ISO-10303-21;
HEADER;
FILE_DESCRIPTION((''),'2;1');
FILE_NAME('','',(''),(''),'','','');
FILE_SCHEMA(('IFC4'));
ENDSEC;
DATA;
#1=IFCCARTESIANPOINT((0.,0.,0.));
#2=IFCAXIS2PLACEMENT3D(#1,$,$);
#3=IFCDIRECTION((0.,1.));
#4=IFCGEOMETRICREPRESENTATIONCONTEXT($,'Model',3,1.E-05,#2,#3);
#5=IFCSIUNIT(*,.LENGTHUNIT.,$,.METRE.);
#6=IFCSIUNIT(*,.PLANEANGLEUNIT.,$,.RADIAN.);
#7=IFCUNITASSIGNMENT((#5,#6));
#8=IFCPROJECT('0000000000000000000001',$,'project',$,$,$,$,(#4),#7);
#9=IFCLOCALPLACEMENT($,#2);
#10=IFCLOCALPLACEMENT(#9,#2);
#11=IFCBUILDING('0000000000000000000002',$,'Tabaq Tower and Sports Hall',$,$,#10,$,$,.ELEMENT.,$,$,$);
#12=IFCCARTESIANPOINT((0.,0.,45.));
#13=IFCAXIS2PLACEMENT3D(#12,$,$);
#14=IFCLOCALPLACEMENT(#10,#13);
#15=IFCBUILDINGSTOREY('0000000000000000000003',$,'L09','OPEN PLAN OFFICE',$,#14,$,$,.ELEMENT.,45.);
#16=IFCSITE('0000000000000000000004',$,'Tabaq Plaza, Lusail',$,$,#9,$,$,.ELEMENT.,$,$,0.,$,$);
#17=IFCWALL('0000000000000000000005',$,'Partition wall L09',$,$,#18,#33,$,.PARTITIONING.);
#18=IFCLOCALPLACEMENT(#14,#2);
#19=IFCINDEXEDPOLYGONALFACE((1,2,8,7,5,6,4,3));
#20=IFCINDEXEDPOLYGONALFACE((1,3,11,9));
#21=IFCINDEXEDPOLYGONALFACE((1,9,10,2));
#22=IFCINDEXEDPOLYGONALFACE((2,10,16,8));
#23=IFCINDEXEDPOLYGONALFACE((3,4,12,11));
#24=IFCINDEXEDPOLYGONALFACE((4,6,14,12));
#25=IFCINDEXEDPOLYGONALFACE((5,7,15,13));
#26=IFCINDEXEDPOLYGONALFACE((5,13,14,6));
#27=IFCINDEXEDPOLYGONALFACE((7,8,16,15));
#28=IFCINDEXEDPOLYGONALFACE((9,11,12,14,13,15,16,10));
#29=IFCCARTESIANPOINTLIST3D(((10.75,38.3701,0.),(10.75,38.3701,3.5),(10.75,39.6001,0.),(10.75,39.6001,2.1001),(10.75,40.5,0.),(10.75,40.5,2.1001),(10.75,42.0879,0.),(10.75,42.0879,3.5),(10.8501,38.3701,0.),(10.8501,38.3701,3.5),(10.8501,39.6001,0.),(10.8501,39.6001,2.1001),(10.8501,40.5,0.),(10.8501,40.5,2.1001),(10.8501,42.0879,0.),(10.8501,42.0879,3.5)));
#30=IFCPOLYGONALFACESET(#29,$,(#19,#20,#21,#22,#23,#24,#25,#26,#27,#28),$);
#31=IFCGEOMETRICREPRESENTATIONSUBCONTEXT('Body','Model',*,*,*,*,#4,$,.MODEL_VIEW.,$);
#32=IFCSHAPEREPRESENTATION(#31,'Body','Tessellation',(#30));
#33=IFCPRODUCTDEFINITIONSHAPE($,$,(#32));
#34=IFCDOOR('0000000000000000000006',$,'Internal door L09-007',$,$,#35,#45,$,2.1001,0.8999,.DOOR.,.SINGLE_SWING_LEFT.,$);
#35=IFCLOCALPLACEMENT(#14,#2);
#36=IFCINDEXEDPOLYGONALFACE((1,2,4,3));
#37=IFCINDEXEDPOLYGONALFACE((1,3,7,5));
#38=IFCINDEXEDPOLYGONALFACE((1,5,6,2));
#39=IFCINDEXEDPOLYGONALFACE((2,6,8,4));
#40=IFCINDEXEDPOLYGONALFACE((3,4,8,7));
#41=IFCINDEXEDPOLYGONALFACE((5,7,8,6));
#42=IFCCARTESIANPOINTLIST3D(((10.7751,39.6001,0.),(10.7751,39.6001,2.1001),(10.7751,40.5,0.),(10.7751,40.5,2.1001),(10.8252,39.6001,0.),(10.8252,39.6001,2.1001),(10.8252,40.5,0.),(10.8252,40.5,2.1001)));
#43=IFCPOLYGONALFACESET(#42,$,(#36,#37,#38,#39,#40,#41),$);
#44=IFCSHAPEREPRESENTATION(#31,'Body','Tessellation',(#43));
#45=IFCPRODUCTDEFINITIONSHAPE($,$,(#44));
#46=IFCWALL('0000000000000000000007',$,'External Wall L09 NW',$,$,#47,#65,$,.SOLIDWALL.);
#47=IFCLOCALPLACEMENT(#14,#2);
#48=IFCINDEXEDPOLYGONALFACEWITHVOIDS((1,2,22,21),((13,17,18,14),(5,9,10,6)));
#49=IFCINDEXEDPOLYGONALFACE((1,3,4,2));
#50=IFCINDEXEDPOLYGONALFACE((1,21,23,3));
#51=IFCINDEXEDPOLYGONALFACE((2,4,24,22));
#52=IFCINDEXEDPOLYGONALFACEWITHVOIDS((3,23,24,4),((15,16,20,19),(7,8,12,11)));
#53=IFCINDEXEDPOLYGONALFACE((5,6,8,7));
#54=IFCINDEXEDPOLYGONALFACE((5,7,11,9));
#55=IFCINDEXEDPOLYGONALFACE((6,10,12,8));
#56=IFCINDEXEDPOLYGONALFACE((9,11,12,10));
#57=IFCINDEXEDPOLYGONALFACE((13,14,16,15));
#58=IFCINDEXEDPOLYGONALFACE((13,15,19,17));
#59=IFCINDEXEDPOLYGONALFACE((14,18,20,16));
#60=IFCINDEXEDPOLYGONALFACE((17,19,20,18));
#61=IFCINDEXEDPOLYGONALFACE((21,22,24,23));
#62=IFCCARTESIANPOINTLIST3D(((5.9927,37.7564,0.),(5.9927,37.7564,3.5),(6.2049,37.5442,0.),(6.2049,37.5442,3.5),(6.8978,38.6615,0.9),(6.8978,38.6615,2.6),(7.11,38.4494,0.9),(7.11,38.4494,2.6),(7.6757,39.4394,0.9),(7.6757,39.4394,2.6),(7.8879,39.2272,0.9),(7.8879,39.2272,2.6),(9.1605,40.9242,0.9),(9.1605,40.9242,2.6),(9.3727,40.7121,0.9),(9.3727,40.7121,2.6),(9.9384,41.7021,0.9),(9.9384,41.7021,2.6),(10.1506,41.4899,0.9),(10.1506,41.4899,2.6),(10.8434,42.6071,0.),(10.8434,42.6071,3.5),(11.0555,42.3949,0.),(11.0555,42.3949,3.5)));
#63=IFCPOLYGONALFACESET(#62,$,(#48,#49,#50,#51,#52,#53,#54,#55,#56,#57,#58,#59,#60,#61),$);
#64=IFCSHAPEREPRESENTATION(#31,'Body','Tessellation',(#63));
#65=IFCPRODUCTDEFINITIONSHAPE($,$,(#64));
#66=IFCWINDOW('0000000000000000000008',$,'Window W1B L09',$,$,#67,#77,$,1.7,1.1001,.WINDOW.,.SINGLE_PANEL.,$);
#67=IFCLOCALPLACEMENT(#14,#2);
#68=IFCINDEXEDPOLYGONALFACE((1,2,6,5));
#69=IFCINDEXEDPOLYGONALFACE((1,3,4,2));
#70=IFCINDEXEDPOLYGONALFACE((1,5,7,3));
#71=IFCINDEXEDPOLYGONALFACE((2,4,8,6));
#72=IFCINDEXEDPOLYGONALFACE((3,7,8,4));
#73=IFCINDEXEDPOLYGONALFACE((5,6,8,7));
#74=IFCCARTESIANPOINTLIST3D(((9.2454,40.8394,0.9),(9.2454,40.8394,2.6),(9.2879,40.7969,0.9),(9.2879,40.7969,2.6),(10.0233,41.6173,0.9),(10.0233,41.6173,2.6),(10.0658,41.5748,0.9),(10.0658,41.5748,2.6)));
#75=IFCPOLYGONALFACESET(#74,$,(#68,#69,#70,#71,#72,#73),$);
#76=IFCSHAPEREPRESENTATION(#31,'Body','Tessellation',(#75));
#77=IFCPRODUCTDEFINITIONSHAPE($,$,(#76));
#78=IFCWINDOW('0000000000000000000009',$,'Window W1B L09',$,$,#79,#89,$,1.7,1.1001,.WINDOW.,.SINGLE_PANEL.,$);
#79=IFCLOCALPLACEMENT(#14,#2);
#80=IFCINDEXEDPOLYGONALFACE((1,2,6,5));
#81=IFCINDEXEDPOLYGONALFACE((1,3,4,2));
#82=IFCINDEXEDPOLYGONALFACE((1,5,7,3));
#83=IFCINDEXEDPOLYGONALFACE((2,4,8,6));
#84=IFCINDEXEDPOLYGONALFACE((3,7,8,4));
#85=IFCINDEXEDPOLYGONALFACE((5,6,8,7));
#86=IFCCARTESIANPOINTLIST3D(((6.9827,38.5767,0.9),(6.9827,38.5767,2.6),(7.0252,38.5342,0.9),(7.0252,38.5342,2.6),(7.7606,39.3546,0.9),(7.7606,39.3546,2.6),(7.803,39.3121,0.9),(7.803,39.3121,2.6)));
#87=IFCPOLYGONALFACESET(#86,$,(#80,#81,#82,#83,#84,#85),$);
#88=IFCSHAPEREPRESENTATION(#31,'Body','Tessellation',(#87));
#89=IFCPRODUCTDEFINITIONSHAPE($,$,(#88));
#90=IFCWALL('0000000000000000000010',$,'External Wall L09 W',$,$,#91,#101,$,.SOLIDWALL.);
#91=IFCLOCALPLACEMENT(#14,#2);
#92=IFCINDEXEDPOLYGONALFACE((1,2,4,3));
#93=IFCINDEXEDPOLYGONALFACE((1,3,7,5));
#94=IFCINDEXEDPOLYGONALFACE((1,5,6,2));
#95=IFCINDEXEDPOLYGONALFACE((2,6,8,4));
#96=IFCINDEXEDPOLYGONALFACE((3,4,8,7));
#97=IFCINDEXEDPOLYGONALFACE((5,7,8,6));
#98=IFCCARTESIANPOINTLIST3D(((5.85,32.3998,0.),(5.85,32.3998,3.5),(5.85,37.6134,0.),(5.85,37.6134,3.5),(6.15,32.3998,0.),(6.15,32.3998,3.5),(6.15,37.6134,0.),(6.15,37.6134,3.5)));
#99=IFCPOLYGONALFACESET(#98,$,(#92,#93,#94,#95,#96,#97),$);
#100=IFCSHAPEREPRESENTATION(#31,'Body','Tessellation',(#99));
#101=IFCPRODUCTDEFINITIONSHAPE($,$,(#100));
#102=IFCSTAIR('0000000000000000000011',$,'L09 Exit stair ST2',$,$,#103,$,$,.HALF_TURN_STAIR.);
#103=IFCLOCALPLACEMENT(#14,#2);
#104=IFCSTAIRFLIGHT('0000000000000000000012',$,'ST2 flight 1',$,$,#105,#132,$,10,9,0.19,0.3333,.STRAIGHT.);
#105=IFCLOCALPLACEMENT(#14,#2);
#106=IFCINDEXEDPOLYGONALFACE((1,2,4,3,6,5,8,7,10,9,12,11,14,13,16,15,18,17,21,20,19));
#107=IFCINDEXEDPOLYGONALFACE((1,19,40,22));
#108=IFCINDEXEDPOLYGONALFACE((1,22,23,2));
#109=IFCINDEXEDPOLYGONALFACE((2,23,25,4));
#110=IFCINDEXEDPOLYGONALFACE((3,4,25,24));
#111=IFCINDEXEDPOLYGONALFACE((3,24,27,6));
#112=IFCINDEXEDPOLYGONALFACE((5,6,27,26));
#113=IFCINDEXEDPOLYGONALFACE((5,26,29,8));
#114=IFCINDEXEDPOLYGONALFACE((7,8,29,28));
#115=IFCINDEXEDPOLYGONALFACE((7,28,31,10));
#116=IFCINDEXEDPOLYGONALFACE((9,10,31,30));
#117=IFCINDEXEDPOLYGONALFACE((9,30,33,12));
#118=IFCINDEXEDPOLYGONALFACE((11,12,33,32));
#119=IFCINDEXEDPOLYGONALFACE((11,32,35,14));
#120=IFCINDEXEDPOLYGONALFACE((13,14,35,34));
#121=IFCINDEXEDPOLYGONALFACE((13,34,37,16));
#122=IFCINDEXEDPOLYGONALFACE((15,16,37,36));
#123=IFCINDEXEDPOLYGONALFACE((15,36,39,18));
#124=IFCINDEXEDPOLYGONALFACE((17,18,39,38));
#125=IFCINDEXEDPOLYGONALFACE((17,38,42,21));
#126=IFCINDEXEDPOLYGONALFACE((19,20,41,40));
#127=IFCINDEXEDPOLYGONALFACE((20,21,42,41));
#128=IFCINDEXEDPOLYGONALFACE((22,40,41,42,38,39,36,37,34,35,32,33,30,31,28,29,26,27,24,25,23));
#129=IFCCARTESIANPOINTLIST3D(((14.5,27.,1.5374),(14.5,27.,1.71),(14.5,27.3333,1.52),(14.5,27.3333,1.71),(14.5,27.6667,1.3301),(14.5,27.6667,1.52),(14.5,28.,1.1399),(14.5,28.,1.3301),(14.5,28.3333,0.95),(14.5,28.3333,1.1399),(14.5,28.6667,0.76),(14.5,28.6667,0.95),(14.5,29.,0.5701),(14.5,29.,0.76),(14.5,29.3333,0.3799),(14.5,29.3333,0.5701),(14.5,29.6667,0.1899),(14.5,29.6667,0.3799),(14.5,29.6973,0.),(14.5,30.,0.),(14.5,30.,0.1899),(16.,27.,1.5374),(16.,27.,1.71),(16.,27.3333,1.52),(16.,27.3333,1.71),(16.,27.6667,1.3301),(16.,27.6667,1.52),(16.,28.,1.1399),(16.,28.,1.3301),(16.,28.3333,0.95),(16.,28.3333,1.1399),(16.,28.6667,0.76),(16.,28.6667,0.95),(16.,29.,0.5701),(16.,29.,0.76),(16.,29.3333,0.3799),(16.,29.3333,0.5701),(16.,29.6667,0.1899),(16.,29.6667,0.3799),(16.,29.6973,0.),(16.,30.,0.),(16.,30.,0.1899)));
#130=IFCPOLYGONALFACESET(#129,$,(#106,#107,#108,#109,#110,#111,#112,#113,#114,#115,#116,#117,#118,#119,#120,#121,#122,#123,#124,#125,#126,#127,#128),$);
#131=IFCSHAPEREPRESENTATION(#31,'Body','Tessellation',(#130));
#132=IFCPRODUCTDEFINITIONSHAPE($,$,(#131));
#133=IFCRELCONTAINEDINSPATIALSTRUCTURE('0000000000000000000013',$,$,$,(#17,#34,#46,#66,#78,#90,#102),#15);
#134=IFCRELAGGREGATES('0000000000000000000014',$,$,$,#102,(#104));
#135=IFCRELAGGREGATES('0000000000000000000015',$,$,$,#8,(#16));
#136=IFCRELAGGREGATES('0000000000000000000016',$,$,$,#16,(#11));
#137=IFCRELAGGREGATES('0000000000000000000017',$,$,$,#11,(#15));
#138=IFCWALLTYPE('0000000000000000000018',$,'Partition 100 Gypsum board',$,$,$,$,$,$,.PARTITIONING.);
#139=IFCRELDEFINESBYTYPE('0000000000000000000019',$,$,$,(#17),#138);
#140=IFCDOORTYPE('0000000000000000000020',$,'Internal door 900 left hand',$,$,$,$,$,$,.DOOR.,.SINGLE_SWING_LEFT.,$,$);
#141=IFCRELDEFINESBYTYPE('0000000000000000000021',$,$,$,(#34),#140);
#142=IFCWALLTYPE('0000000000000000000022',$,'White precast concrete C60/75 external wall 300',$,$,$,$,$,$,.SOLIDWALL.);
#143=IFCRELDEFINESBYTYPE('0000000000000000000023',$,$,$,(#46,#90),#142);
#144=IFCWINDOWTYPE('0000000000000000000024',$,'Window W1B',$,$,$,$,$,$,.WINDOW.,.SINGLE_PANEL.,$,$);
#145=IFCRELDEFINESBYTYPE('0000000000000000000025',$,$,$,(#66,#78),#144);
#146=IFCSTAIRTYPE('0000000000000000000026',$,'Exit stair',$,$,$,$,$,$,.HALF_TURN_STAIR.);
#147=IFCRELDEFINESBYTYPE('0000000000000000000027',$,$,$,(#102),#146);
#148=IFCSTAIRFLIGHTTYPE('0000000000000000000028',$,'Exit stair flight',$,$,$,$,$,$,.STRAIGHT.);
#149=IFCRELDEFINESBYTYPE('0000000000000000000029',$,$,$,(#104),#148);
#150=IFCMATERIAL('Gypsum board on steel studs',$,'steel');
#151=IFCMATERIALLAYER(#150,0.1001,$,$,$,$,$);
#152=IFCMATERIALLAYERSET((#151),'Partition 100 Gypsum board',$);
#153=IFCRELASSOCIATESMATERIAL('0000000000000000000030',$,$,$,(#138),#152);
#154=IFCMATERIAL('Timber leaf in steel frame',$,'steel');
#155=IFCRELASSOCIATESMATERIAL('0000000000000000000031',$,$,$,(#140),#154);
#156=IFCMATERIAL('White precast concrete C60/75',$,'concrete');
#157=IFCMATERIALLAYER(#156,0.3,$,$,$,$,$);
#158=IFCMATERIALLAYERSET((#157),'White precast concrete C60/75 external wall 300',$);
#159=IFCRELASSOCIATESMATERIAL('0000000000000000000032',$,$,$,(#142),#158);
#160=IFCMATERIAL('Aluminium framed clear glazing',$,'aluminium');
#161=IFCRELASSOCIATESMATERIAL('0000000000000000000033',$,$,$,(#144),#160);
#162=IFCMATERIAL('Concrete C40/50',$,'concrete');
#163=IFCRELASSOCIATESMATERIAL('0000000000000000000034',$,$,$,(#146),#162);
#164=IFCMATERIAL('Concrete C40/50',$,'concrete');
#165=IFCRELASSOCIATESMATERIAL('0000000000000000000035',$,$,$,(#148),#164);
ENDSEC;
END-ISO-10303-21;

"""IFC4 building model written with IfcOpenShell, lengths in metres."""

from ifc_helpers import new_model, si_unit, direction, frame, frame_2d, origin, place, context, subcontext, project, spatial, polyline, rectangle, outline, extrude, material, layer, layer_set, type_object, element, fill, aggregate, save


model = new_model("IFC4")

# Units and contexts
model_context = context("Model", 3, precision=1e-05, world=origin(), true_north=direction((0.0, 1.0)))
body_context = subcontext(model_context, "Body", "Model", "MODEL_VIEW")
ifc_project = project(units=[si_unit("LENGTHUNIT", "METRE"), si_unit("PLANEANGLEUNIT", "RADIAN")], contexts=[model_context])

# Site, building, storey
site_placement = place(None, origin())
site = spatial("IfcSite", under=ifc_project, at=site_placement, Name="Tabaq Plaza, Lusail", CompositionType="ELEMENT", RefElevation=0.0)
building_placement = place(site_placement, origin())
building = spatial("IfcBuilding", under=site, at=building_placement, Name="Tabaq Tower and Sports Hall", CompositionType="ELEMENT")
storey_placement = place(building_placement, frame((0.0, 0.0, 45.0)))
storey = spatial("IfcBuildingStorey", under=building, at=storey_placement, Name="L09", Description="OPEN PLAN OFFICE", CompositionType="ELEMENT", Elevation=45.0)

# Shared definitions
ifc_material_1 = material(Name="Gypsum board on steel studs", Category="steel")
ifc_layer_1 = layer(ifc_material_1, 0.1001)
ifc_layer_set_1 = layer_set([ifc_layer_1], Name="Partition 100 Gypsum board")
wall_type_1 = type_object("IfcWallType", Name="Partition 100 Gypsum board", PredefinedType="PARTITIONING", material=ifc_layer_set_1)

# Shared definitions
ifc_material_2 = material(Name="Timber leaf in steel frame", Category="steel")
door_type_1 = type_object("IfcDoorType", Name="Internal door 900 left hand", OperationType="SINGLE_SWING_LEFT", PredefinedType="DOOR", material=ifc_material_2)

# Wall, opening, door
wall_1_placement = place(storey_placement, frame((10.8, 38.3701, 0.0), z_axis=(0.0, 0.0, 1.0), x_axis=(0.0, 1.0, 0.0)))
wall_1 = element("IfcWall", 1, at=wall_1_placement, inside=storey, type_object=wall_type_1, Name="Partition wall L09", PredefinedType="PARTITIONING", context=body_context, shape_type="SweptSolid", body=[
    extrude(rectangle(XDim=3.7178, YDim=0.1001, at=frame_2d((1.8589, 0.0))), origin(), (0.0, 0.0, 1.0), 3.5),
])
opening_1_placement = place(wall_1_placement, frame((1.23, 0.0, 0.0)))
opening_1 = element("IfcOpeningElement", 2, at=opening_1_placement, cuts=wall_1, PredefinedType="OPENING", context=body_context, shape_type="SweptSolid", body=[
    extrude(rectangle(XDim=0.8999, YDim=2.1001, at=frame_2d((0.45, 1.05))), frame((0.0, 0.05, 0.0), z_axis=(0.0, -1.0, 0.0), x_axis=(1.0, 0.0, 0.0)), (0.0, 0.0, 1.0), 0.1001),
])
door_1_placement = place(opening_1_placement, origin())
door_1 = element("IfcDoor", 3, at=door_1_placement, inside=storey, type_object=door_type_1, Name="Internal door L09-007", OperationType="SINGLE_SWING_LEFT", OverallHeight=2.1001, OverallWidth=0.8999, PredefinedType="DOOR", context=body_context, shape_type="SweptSolid", body=[
    extrude(rectangle(XDim=0.8999, YDim=2.1001, at=frame_2d((0.45, 1.05))), frame((0.0, 0.0249, 0.0), z_axis=(0.0, -1.0, 0.0), x_axis=(1.0, 0.0, 0.0)), (0.0, 0.0, 1.0), 0.05),
])
fill(opening_1, door_1)

# Wall, openings, windows
ifc_material_3 = material(Name="White precast concrete C60/75", Category="concrete")
ifc_layer_2 = layer(ifc_material_3, 0.3)
ifc_layer_set_2 = layer_set([ifc_layer_2], Name="White precast concrete C60/75 external wall 300")
wall_type_2 = type_object("IfcWallType", Name="White precast concrete C60/75 external wall 300", PredefinedType="SOLIDWALL", material=ifc_layer_set_2)
wall_2_placement = place(storey_placement, frame((10.9495, 42.501, 0.0), z_axis=(0.0, 0.0, 1.0), x_axis=(-0.707107, -0.707107, 0.0)))
wall_2 = element("IfcWall", 4, at=wall_2_placement, inside=storey, type_object=wall_type_2, Name="External Wall L09 NW", PredefinedType="SOLIDWALL", context=body_context, shape_type="SweptSolid", body=[
    extrude(rectangle(XDim=6.8599, YDim=0.3, at=frame_2d((3.4299, 0.0))), origin(), (0.0, 0.0, 1.0), 3.5),
])
opening_2_placement = place(wall_2_placement, frame((1.2798, 0.0, 0.8999)))
opening_2 = element("IfcOpeningElement", 5, at=opening_2_placement, cuts=wall_2, PredefinedType="OPENING", context=body_context, shape_type="SweptSolid", body=[
    extrude(rectangle(XDim=1.1001, YDim=1.7, at=frame_2d((0.55, 0.8501))), frame((0.0, 0.1602, 0.0), z_axis=(0.0, -1.0, 0.0), x_axis=(1.0, 0.0, 0.0)), (0.0, 0.0, 1.0), 0.3201),
])
opening_3_placement = place(wall_2_placement, frame((4.4797, 0.0, 0.8999)))
opening_3 = element("IfcOpeningElement", 6, at=opening_3_placement, cuts=wall_2, PredefinedType="OPENING", context=body_context, shape_type="SweptSolid", body=[
    extrude(rectangle(XDim=1.1001, YDim=1.7, at=frame_2d((0.55, 0.8501))), frame((0.0, 0.1602, 0.0), z_axis=(0.0, -1.0, 0.0), x_axis=(1.0, 0.0, 0.0)), (0.0, 0.0, 1.0), 0.3201),
])
ifc_material_4 = material(Name="Aluminium framed clear glazing", Category="aluminium")
window_type = type_object("IfcWindowType", Name="Window W1B", PartitioningType="SINGLE_PANEL", PredefinedType="WINDOW", material=ifc_material_4)
window_1_placement = place(opening_2_placement, origin())
window_1 = element("IfcWindow", 7, at=window_1_placement, inside=storey, type_object=window_type, Name="Window W1B L09", OverallHeight=1.7, OverallWidth=1.1001, PartitioningType="SINGLE_PANEL", PredefinedType="WINDOW", context=body_context, shape_type="SweptSolid", body=[
    extrude(rectangle(XDim=1.1001, YDim=1.7, at=frame_2d((0.55, 0.8501))), frame((0.0, 0.03, 0.0), z_axis=(0.0, -1.0, 0.0), x_axis=(1.0, 0.0, 0.0)), (0.0, 0.0, 1.0), 0.0601),
])
fill(opening_2, window_1)
window_2_placement = place(opening_3_placement, origin())
window_2 = element("IfcWindow", 8, at=window_2_placement, inside=storey, type_object=window_type, Name="Window W1B L09", OverallHeight=1.7, OverallWidth=1.1001, PartitioningType="SINGLE_PANEL", PredefinedType="WINDOW", context=body_context, shape_type="SweptSolid", body=[
    extrude(rectangle(XDim=1.1001, YDim=1.7, at=frame_2d((0.55, 0.8501))), frame((0.0, 0.03, 0.0), z_axis=(0.0, -1.0, 0.0), x_axis=(1.0, 0.0, 0.0)), (0.0, 0.0, 1.0), 0.0601),
])
fill(opening_3, window_2)

# Wall
wall_3_placement = place(storey_placement, frame((6.0, 37.6135, 0.0), z_axis=(0.0, 0.0, 1.0), x_axis=(0.0, -1.0, 0.0)))
element("IfcWall", 9, at=wall_3_placement, inside=storey, type_object=wall_type_2, Name="External Wall L09 W", PredefinedType="SOLIDWALL", context=body_context, shape_type="SweptSolid", body=[
    extrude(rectangle(XDim=5.2136, YDim=0.3, at=frame_2d((2.6069, 0.0))), origin(), (0.0, 0.0, 1.0), 3.5),
])

# Stair, stair flight
ifc_material_5 = material(Name="Concrete C40/50", Category="concrete")
stair_type = type_object("IfcStairType", Name="Exit stair", PredefinedType="HALF_TURN_STAIR", material=ifc_material_5)
stair_placement = place(storey_placement, origin())
stair = element("IfcStair", 10, at=stair_placement, inside=storey, type_object=stair_type, Name="L09 Exit stair ST2", PredefinedType="HALF_TURN_STAIR")
ifc_material_6 = material(Name="Concrete C40/50", Category="concrete")
stair_flight_type = type_object("IfcStairFlightType", Name="Exit stair flight", PredefinedType="STRAIGHT", material=ifc_material_6)
stair_flight_placement = place(storey_placement, frame((15.25, 30.0, 0.0), z_axis=(0.0, 0.0, 1.0), x_axis=(0.0, -1.0, 0.0)))
stair_flight = element("IfcStairFlight", 11, at=stair_flight_placement, type_object=stair_flight_type, Name="ST2 flight 1", NumberOfRisers=10, NumberOfTreads=9, PredefinedType="STRAIGHT", RiserHeight=0.19, TreadLength=0.3333, context=body_context, shape_type="SweptSolid", body=[
    extrude(outline(polyline([(0.0, 0.0), (0.0, 0.1899), (0.3333, 0.1899), (0.3333, 0.3799), (0.6667, 0.3799), (0.6667, 0.5701), (1.0, 0.5701), (1.0, 0.76), (1.3333, 0.76), (1.3333, 0.95), (1.6667, 0.95), (1.6667, 1.1399), (2.0, 1.1399), (2.0, 1.3301), (2.3333, 1.3301), (2.3333, 1.52), (2.6667, 1.52), (2.6667, 1.71), (3.0, 1.71), (3.0, 1.8999), (3.0, 1.5374), (0.3027, 0.0), (0.0, 0.0)])), frame((0.0, 0.75, 0.0), z_axis=(0.0, -1.0, 0.0), x_axis=(1.0, 0.0, 0.0)), (0.0, 0.0, 1.0), 1.5),
])
aggregate(stair, [stair_flight])

save(model, "model.ifc")
